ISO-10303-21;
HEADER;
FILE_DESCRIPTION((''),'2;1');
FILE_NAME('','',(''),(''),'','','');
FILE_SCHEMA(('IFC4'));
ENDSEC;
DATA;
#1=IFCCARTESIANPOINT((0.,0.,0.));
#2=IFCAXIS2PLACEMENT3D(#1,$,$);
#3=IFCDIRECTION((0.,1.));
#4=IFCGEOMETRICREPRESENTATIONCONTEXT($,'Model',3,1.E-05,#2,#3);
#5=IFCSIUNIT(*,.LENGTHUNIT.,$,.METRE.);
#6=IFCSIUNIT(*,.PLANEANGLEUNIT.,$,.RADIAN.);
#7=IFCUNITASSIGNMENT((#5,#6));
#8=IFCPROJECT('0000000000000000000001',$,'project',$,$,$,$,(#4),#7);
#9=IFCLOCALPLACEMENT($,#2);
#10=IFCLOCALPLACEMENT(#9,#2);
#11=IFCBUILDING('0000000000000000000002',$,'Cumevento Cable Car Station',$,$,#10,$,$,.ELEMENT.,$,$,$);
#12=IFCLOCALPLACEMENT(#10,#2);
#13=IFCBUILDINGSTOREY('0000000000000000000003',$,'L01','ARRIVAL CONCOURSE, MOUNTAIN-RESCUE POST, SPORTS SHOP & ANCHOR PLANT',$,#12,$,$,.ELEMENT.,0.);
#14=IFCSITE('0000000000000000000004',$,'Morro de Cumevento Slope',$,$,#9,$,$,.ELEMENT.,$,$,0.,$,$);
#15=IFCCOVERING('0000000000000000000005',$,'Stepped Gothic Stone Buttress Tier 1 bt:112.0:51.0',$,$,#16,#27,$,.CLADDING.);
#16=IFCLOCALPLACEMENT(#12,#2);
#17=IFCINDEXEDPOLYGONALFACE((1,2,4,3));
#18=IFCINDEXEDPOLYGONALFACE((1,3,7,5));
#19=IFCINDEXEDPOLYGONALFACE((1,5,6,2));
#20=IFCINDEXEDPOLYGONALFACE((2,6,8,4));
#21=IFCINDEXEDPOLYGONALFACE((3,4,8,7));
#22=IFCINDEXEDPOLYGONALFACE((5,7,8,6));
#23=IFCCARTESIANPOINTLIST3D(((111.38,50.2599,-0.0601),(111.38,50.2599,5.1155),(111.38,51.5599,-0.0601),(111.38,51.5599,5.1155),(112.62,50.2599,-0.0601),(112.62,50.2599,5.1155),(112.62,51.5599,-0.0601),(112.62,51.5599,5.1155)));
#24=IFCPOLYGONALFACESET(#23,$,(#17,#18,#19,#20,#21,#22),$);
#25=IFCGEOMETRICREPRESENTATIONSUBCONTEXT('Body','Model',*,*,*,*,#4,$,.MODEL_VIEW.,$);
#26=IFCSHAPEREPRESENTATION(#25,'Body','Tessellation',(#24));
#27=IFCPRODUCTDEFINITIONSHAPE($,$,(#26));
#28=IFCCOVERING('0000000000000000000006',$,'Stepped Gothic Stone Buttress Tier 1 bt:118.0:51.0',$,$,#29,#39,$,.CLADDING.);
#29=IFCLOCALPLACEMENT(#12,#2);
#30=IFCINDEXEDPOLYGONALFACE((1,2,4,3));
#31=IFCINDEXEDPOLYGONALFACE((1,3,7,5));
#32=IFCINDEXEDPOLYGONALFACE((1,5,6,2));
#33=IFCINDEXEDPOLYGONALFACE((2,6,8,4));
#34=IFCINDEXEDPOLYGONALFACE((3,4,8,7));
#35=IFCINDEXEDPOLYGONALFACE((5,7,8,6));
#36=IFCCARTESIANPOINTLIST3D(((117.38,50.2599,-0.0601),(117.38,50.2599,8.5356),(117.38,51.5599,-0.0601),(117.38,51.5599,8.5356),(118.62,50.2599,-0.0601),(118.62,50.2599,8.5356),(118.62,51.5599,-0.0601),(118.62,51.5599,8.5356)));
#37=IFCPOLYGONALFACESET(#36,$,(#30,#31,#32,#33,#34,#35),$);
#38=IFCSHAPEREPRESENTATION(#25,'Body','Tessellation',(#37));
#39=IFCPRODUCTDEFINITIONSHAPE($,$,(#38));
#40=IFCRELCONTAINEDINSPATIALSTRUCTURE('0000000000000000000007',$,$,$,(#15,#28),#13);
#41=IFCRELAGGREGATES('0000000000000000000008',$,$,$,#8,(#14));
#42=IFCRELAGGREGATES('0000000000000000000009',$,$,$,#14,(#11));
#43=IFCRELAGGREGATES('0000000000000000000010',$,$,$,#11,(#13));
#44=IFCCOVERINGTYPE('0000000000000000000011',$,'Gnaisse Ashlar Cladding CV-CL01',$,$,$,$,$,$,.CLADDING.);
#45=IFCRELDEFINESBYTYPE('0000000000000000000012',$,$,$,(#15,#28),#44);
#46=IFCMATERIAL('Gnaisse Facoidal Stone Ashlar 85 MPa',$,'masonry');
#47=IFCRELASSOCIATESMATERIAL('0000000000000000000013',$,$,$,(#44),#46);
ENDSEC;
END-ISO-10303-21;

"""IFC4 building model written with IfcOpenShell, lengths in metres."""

from ifc_helpers import new_model, si_unit, direction, frame, origin, origin_2d, place, context, subcontext, project, spatial, rectangle, extrude, material, type_object, element, save


model = new_model("IFC4")

# Units and contexts
model_context = context("Model", 3, precision=1e-05, world=origin(), true_north=direction((0.0, 1.0)))
body_context = subcontext(model_context, "Body", "Model", "MODEL_VIEW")
ifc_project = project(units=[si_unit("LENGTHUNIT", "METRE"), si_unit("PLANEANGLEUNIT", "RADIAN")], contexts=[model_context])

# Site, building, storey
site_placement = place(None, origin())
site = spatial("IfcSite", under=ifc_project, at=site_placement, Name="Morro de Cumevento Slope", CompositionType="ELEMENT", RefElevation=0.0)
building_placement = place(site_placement, origin())
building = spatial("IfcBuilding", under=site, at=building_placement, Name="Cumevento Cable Car Station", CompositionType="ELEMENT")
storey_placement = place(building_placement, origin())
storey = spatial("IfcBuildingStorey", under=building, at=storey_placement, Name="L01", Description="ARRIVAL CONCOURSE, MOUNTAIN-RESCUE POST, SPORTS SHOP & ANCHOR PLANT", CompositionType="ELEMENT", Elevation=0.0)

# Coverings
ifc_material_1 = material(Name="Gnaisse Facoidal Stone Ashlar 85 MPa", Category="masonry")
covering_type = type_object("IfcCoveringType", Name="Gnaisse Ashlar Cladding CV-CL01", PredefinedType="CLADDING", material=ifc_material_1)
covering_1_placement = place(storey_placement, frame((112.0, 50.9099, -0.0601), z_axis=(0.0, 0.0, 1.0), x_axis=(1.0, 0.0, 0.0)))
element("IfcCovering", 1, at=covering_1_placement, inside=storey, type_object=covering_type, Name="Stepped Gothic Stone Buttress Tier 1 bt:112.0:51.0", PredefinedType="CLADDING", context=body_context, shape_type="SweptSolid", body=[
    extrude(rectangle(XDim=1.24, YDim=1.3, at=origin_2d()), origin(), (0.0, 0.0, 1.0), 5.1755),
])
covering_2_placement = place(storey_placement, frame((118.0, 50.9099, -0.0601), z_axis=(0.0, 0.0, 1.0), x_axis=(1.0, 0.0, 0.0)))
element("IfcCovering", 2, at=covering_2_placement, inside=storey, type_object=covering_type, Name="Stepped Gothic Stone Buttress Tier 1 bt:118.0:51.0", PredefinedType="CLADDING", context=body_context, shape_type="SweptSolid", body=[
    extrude(rectangle(XDim=1.24, YDim=1.3, at=origin_2d()), origin(), (0.0, 0.0, 1.0), 8.5957),
])

save(model, "model.ifc")
